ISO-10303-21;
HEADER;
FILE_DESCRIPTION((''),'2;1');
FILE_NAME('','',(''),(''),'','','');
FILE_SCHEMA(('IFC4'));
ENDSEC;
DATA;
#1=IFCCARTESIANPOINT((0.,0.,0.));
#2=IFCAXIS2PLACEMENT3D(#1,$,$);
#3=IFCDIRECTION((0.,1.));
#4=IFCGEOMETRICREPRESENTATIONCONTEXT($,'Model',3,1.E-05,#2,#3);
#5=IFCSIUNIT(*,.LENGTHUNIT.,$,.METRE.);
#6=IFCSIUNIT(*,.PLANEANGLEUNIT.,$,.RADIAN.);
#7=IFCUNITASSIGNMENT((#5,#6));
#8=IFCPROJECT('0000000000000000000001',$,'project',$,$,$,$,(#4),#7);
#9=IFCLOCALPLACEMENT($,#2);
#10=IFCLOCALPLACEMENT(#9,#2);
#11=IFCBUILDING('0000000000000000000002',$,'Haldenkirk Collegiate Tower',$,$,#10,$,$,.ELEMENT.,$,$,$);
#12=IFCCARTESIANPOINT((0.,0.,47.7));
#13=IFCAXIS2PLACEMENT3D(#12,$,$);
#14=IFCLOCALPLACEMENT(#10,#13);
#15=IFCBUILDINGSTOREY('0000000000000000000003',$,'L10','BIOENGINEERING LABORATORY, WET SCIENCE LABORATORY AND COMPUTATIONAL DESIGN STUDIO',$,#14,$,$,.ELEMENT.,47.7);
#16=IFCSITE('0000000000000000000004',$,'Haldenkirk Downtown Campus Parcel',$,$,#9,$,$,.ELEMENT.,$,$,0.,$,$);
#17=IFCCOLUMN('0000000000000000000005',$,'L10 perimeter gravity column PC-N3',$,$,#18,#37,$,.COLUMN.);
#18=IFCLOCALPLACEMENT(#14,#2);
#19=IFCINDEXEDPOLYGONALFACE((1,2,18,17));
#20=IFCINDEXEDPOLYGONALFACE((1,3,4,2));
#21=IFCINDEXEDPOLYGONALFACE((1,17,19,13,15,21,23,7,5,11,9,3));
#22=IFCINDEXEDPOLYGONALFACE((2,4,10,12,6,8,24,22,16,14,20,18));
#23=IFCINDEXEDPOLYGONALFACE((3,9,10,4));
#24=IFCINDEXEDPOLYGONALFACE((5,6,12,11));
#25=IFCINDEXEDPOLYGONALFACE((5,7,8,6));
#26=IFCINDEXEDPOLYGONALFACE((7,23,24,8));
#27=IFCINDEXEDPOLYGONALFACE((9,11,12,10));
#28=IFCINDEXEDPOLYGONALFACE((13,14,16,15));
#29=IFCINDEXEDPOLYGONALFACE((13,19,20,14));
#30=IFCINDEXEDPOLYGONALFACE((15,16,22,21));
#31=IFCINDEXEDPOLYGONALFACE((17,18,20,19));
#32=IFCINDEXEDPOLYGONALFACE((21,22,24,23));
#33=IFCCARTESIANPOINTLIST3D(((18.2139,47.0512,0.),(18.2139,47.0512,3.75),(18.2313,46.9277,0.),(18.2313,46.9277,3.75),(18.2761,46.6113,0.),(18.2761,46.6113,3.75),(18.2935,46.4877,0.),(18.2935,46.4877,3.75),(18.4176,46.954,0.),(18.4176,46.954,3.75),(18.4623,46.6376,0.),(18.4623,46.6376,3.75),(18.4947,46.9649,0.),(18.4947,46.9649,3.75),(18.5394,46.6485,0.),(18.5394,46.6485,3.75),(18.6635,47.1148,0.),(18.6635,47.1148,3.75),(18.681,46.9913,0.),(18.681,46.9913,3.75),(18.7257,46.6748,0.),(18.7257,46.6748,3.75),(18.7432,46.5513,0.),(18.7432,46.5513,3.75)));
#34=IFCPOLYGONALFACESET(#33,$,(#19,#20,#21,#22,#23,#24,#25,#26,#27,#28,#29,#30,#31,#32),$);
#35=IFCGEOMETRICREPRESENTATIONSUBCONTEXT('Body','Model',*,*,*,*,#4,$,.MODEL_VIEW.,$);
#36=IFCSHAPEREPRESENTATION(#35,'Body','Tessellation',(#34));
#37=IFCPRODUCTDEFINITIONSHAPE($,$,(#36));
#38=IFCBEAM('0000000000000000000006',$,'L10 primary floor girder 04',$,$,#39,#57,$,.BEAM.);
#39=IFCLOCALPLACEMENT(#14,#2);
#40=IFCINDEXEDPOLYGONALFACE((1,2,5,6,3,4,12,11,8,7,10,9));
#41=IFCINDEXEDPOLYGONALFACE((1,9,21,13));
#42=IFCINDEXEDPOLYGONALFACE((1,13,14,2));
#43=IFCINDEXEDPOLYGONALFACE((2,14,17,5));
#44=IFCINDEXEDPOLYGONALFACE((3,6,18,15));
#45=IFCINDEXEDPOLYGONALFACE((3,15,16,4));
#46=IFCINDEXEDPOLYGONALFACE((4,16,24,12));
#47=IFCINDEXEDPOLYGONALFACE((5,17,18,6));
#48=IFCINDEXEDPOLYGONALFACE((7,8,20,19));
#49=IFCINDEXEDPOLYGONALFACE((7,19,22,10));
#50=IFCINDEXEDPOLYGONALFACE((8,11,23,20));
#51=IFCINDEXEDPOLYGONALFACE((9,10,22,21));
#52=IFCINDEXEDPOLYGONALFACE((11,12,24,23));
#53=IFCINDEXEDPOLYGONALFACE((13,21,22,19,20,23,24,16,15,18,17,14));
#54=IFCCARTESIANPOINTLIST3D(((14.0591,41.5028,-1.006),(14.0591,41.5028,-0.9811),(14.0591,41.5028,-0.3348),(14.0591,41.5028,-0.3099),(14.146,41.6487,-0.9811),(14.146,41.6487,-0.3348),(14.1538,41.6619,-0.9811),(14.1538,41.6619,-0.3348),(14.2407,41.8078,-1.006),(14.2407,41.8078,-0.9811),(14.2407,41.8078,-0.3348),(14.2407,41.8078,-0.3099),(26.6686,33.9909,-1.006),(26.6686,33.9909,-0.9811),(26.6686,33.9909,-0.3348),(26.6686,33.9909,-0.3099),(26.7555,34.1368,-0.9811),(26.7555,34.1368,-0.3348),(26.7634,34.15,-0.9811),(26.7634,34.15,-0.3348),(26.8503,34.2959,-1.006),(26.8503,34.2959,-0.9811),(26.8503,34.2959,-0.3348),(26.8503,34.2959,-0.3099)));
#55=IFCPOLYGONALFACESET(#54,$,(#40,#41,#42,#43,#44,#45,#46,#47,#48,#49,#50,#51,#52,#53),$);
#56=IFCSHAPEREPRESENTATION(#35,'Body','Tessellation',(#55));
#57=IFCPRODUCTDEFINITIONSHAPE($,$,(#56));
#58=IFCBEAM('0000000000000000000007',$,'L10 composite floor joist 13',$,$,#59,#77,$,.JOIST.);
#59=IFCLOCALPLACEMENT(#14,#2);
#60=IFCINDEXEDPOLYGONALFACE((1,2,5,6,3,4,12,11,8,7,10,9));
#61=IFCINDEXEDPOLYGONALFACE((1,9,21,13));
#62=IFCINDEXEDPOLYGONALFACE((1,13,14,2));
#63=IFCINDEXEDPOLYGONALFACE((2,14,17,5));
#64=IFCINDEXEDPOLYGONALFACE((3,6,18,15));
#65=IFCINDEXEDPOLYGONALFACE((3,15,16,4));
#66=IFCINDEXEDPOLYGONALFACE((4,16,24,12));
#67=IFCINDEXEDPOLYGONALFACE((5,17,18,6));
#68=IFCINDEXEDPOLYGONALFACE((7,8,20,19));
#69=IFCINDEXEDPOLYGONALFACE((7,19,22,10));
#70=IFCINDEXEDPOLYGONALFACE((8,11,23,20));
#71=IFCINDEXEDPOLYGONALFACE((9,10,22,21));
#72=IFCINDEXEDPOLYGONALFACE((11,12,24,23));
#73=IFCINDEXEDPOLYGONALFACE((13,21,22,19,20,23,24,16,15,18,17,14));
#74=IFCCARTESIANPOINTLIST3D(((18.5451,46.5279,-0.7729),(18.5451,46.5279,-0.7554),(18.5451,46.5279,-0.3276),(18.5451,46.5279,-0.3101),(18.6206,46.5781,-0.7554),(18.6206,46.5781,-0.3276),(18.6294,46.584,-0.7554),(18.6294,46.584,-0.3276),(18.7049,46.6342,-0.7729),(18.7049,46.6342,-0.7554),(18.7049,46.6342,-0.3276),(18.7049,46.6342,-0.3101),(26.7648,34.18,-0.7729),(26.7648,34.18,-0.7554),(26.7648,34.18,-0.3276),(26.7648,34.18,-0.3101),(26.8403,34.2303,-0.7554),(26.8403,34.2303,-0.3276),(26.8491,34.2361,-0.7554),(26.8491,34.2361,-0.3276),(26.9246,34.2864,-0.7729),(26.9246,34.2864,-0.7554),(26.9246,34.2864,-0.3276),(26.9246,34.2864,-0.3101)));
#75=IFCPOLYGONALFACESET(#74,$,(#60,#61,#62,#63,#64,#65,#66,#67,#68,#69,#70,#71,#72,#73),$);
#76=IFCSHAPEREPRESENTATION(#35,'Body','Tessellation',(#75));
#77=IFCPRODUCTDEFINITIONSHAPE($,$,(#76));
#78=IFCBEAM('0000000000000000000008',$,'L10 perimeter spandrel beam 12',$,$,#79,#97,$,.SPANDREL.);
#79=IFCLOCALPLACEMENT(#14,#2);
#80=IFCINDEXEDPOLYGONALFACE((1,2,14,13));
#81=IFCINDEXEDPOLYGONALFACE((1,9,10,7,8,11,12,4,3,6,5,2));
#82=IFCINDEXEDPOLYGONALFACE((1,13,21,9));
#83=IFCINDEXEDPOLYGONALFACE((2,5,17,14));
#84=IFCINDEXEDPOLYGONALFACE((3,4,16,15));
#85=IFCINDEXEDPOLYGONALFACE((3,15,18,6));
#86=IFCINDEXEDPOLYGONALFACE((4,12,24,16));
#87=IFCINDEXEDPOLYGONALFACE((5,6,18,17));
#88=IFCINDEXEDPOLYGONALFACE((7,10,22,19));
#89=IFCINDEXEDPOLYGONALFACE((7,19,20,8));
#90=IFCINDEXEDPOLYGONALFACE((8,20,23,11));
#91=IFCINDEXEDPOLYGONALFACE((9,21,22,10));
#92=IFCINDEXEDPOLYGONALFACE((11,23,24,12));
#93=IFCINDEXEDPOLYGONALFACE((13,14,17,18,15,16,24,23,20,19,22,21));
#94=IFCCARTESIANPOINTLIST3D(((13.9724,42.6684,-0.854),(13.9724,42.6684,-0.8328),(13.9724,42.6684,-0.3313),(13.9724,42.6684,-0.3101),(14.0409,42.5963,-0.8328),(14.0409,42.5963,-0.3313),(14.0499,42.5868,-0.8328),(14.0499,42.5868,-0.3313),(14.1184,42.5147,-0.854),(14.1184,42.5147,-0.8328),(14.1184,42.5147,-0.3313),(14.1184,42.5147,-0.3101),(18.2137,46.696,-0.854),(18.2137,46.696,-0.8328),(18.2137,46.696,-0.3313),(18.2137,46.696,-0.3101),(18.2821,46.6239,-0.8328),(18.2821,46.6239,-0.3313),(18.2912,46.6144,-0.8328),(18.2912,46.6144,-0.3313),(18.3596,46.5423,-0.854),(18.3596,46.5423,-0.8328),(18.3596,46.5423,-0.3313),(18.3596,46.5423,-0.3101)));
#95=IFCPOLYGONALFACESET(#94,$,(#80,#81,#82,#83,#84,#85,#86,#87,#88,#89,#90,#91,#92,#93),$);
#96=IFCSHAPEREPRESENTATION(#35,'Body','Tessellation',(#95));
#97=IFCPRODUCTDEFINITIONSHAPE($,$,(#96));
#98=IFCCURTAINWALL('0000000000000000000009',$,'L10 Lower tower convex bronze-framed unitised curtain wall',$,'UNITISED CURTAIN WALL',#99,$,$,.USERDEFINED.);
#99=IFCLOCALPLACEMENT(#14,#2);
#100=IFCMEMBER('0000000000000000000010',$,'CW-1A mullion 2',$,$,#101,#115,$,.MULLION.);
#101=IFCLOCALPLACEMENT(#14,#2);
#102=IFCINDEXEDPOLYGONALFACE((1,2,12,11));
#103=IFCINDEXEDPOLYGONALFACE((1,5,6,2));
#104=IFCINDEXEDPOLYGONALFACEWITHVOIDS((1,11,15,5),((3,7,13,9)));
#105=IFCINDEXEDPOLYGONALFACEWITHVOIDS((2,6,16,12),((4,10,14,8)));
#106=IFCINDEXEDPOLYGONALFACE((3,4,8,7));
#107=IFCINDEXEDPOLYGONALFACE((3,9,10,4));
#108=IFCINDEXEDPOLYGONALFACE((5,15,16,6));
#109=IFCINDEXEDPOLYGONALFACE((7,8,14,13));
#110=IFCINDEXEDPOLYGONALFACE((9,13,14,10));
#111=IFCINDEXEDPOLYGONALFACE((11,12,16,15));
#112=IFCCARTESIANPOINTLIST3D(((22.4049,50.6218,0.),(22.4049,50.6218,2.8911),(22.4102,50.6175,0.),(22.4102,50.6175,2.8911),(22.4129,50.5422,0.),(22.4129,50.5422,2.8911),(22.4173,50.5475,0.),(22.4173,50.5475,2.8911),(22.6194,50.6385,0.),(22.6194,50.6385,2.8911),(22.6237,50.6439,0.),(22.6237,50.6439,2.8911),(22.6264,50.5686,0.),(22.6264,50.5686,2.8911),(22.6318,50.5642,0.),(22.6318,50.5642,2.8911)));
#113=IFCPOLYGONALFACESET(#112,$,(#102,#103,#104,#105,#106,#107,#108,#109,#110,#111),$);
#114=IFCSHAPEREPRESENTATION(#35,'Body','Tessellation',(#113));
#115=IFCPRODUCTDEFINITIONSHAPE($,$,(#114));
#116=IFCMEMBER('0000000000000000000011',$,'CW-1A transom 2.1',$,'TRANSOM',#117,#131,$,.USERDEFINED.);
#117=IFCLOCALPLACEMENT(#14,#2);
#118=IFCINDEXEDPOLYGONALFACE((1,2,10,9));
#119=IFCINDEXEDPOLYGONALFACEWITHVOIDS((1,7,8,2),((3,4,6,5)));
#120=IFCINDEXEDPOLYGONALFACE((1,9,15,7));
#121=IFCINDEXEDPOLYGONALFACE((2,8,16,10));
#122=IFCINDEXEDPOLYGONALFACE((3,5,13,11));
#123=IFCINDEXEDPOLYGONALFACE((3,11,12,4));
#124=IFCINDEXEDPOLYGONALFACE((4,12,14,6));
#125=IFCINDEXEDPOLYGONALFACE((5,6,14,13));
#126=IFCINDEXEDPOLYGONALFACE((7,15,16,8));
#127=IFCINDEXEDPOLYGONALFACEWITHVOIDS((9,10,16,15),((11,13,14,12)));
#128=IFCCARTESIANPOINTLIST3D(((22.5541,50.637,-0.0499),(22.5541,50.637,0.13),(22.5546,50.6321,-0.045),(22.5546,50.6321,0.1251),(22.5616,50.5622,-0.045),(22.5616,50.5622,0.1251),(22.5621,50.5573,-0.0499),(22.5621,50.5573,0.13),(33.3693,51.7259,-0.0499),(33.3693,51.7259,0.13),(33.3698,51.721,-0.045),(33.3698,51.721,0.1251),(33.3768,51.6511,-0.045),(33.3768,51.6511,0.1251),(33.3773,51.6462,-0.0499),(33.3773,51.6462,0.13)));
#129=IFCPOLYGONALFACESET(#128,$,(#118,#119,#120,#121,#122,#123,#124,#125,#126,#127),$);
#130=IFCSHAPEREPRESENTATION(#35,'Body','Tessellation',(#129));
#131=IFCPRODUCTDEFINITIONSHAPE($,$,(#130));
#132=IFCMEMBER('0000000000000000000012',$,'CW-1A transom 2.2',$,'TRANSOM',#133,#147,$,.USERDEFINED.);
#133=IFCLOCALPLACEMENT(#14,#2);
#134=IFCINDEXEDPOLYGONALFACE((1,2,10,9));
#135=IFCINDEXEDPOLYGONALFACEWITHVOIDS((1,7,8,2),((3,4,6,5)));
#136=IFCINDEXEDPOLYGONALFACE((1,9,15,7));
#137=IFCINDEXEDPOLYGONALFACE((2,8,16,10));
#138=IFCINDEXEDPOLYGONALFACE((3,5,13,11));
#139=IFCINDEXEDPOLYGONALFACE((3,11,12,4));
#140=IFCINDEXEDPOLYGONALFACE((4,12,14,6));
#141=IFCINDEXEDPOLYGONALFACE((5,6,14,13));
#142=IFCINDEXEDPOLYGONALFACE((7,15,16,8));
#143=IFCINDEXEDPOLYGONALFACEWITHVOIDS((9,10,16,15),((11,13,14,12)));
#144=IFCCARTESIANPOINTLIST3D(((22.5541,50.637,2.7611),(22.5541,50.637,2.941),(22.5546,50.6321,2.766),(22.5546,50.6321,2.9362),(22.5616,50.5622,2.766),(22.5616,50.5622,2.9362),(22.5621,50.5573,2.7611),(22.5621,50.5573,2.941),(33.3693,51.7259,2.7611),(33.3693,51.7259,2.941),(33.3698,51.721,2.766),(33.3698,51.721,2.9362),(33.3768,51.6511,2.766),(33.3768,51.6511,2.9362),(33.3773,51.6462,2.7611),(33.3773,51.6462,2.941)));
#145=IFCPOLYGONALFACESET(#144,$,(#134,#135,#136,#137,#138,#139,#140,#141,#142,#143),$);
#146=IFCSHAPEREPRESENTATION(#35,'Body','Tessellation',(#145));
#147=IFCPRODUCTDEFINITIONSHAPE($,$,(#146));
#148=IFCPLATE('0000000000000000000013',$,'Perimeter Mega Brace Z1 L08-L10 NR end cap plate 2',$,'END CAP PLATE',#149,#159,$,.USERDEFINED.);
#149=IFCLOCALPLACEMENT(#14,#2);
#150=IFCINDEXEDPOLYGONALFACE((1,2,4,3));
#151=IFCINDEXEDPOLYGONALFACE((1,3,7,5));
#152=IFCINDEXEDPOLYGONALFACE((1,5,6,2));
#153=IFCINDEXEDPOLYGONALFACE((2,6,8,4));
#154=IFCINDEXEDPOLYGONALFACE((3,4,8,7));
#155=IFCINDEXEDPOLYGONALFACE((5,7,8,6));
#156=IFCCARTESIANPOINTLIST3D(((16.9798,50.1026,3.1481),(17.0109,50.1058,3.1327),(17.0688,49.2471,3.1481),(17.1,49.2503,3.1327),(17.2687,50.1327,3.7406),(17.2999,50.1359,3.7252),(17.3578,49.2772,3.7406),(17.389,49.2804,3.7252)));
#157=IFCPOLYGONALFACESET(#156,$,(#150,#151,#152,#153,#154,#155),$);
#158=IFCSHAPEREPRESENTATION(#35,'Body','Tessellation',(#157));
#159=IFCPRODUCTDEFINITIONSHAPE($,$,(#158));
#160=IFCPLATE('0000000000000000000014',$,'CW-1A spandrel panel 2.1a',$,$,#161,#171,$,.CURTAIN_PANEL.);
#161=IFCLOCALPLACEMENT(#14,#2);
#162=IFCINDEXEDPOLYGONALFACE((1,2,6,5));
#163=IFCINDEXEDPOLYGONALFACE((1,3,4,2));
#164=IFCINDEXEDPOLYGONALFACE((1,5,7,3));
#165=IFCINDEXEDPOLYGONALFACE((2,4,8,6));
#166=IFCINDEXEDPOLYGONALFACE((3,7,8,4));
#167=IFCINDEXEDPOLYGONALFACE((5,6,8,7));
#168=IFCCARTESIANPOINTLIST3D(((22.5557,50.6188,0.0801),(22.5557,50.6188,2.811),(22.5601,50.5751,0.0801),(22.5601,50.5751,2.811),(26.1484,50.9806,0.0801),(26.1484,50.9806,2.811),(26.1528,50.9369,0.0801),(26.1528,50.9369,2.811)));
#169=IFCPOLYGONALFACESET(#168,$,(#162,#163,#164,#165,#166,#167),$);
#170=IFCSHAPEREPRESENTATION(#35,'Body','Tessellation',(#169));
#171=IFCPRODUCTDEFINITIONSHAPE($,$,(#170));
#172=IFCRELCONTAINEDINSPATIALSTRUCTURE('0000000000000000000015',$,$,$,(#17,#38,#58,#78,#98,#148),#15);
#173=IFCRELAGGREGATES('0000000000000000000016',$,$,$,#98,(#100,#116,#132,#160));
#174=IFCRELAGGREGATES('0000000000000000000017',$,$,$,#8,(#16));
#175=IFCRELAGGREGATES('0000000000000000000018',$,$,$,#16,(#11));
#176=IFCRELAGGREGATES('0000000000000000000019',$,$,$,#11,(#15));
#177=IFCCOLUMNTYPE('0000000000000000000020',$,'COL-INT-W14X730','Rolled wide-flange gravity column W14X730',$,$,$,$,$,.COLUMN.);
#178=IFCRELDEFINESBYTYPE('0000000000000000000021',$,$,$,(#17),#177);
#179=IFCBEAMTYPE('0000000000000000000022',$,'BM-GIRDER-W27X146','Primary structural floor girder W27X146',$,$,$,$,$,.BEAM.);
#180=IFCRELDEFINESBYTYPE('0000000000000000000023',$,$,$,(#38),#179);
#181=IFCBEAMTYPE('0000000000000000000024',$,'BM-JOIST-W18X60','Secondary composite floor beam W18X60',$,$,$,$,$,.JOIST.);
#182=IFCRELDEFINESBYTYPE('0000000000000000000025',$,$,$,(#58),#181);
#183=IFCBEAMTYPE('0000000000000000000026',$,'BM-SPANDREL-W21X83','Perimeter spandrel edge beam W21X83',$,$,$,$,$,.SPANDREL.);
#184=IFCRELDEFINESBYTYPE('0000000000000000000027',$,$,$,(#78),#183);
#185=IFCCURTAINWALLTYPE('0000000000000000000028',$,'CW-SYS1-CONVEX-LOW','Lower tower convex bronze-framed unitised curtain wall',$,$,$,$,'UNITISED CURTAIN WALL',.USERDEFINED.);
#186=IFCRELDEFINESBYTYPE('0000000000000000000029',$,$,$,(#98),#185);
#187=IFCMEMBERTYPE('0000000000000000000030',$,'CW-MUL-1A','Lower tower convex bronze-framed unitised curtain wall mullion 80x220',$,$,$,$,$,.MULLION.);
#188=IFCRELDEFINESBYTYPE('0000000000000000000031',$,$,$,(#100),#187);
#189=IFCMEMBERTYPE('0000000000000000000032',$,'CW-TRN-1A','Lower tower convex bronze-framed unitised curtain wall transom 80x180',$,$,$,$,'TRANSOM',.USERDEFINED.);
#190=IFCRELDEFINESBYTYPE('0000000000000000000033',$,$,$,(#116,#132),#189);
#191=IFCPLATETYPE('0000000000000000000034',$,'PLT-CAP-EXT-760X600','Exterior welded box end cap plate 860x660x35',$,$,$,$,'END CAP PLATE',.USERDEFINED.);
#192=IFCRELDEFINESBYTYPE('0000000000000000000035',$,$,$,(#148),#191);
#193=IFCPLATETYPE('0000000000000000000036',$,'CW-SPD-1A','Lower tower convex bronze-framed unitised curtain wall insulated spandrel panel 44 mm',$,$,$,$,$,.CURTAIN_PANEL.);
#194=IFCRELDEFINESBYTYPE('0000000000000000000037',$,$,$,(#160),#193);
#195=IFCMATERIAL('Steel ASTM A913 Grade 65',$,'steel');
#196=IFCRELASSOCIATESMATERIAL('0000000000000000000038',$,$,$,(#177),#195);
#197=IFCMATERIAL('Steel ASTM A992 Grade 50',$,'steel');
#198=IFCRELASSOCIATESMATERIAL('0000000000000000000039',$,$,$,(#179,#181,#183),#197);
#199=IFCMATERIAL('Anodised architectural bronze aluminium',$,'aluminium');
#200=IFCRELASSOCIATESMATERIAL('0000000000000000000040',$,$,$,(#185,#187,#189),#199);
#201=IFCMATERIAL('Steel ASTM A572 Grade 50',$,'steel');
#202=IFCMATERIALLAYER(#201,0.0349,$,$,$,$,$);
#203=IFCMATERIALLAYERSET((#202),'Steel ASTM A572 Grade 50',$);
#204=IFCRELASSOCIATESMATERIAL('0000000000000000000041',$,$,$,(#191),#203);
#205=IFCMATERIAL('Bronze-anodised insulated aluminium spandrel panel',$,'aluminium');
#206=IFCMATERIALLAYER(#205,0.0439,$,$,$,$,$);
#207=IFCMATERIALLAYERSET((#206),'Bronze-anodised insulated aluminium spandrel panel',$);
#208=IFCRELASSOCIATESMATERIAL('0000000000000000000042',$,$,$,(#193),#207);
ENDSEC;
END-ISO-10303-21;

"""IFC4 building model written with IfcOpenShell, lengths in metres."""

from ifc_helpers import new_model, si_unit, direction, frame, origin, origin_2d, place, context, subcontext, project, spatial, rectangle, hollow_rectangle, i_section, extrude, source, transform, mapped, material, layer, layer_set, material_profile, profile_set, type_object, element, aggregate, save


model = new_model("IFC4")

# Units and contexts
model_context = context("Model", 3, precision=1e-05, world=origin(), true_north=direction((0.0, 1.0)))
body_context = subcontext(model_context, "Body", "Model", "MODEL_VIEW")
ifc_project = project(units=[si_unit("LENGTHUNIT", "METRE"), si_unit("PLANEANGLEUNIT", "RADIAN")], contexts=[model_context])

# Site, building, storey
site_placement = place(None, origin())
site = spatial("IfcSite", under=ifc_project, at=site_placement, Name="Haldenkirk Downtown Campus Parcel", CompositionType="ELEMENT", RefElevation=0.0)
building_placement = place(site_placement, origin())
building = spatial("IfcBuilding", under=site, at=building_placement, Name="Haldenkirk Collegiate Tower", CompositionType="ELEMENT")
storey_placement = place(building_placement, frame((0.0, 0.0, 47.7)))
storey = spatial("IfcBuildingStorey", under=building, at=storey_placement, Name="L10", Description="BIOENGINEERING LABORATORY, WET SCIENCE LABORATORY AND COMPUTATIONAL DESIGN STUDIO", CompositionType="ELEMENT", Elevation=47.7)

# Column
ifc_material_1 = material(Name="Steel ASTM A913 Grade 65", Category="steel")
ifc_material_profile_1 = material_profile(ifc_material_1, i_section(OverallWidth=0.4541, OverallDepth=0.5691, WebThickness=0.0779, FlangeThickness=0.1248, at=origin_2d()), Name="W14X730")
ifc_profile_set_1 = profile_set([ifc_material_profile_1], Name="Steel ASTM A913 Grade 65")
column_type = type_object("IfcColumnType", Name="COL-INT-W14X730", Description="Rolled wide-flange gravity column W14X730", PredefinedType="COLUMN", material=ifc_profile_set_1)
column_placement = place(storey_placement, frame((18.4785, 46.8013, 0.0), z_axis=(0.0, 0.0, 1.0), x_axis=(0.990146, 0.140037, 0.0)))
element("IfcColumn", 1, at=column_placement, inside=storey, type_object=column_type, Name="L10 perimeter gravity column PC-N3", PredefinedType="COLUMN", context=body_context, shape_type="SweptSolid", body=[
    extrude(i_section(OverallWidth=0.4541, OverallDepth=0.5691, WebThickness=0.0779, FlangeThickness=0.1248, at=origin_2d()), origin(), (0.0, 0.0, 1.0), 3.75),
])

# Beams
ifc_material_2 = material(Name="Steel ASTM A992 Grade 50", Category="steel")
ifc_material_profile_2 = material_profile(ifc_material_2, i_section(OverallWidth=0.355, OverallDepth=0.696, WebThickness=0.0154, FlangeThickness=0.0249, at=origin_2d()), Name="W27X146")
ifc_profile_set_2 = profile_set([ifc_material_profile_2], Name="Steel ASTM A992 Grade 50")
beam_type_1 = type_object("IfcBeamType", Name="BM-GIRDER-W27X146", Description="Primary structural floor girder W27X146", PredefinedType="BEAM", material=ifc_profile_set_2)
beam_1_placement = place(storey_placement, frame((14.1499, 41.6553, -0.658), z_axis=(0.859106, -0.511798, 0.0), x_axis=(0.511798, 0.859106, 0.0)))
element("IfcBeam", 2, at=beam_1_placement, inside=storey, type_object=beam_type_1, Name="L10 primary floor girder 04", PredefinedType="BEAM", context=body_context, shape_type="SweptSolid", body=[
    extrude(i_section(OverallWidth=0.355, OverallDepth=0.696, WebThickness=0.0154, FlangeThickness=0.0249, at=origin_2d()), origin(), (0.0, 0.0, 1.0), 14.6775),
])
ifc_material_profile_3 = material_profile(ifc_material_2, i_section(OverallWidth=0.1919, OverallDepth=0.4629, WebThickness=0.0105, FlangeThickness=0.0176, at=origin_2d()), Name="W18X60")
ifc_profile_set_3 = profile_set([ifc_material_profile_3], Name="Steel ASTM A992 Grade 50")
beam_type_2 = type_object("IfcBeamType", Name="BM-JOIST-W18X60", Description="Secondary composite floor beam W18X60", PredefinedType="JOIST", material=ifc_profile_set_3)
beam_2_placement = place(storey_placement, frame((18.625, 46.5811, -0.5415), z_axis=(0.55413, -0.83243, 0.0), x_axis=(0.83243, 0.55413, 0.0)))
element("IfcBeam", 3, at=beam_2_placement, inside=storey, type_object=beam_type_2, Name="L10 composite floor joist 13", PredefinedType="JOIST", context=body_context, shape_type="SweptSolid", body=[
    extrude(i_section(OverallWidth=0.1919, OverallDepth=0.4629, WebThickness=0.0105, FlangeThickness=0.0176, at=origin_2d()), origin(), (0.0, 0.0, 1.0), 14.8335),
])
ifc_material_profile_4 = material_profile(ifc_material_2, i_section(OverallWidth=0.2119, OverallDepth=0.5439, WebThickness=0.0132, FlangeThickness=0.0212, at=origin_2d()), Name="W21X83")
ifc_profile_set_4 = profile_set([ifc_material_profile_4], Name="Steel ASTM A992 Grade 50")
beam_type_3 = type_object("IfcBeamType", Name="BM-SPANDREL-W21X83", Description="Perimeter spandrel edge beam W21X83", PredefinedType="SPANDREL", material=ifc_profile_set_4)
beam_3_placement = place(storey_placement, frame((18.2866, 46.6191, -0.582), z_axis=(-0.725133, -0.688609, 0.0), x_axis=(0.688609, -0.725133, 0.0)))
element("IfcBeam", 4, at=beam_3_placement, inside=storey, type_object=beam_type_3, Name="L10 perimeter spandrel beam 12", PredefinedType="SPANDREL", context=body_context, shape_type="SweptSolid", body=[
    extrude(i_section(OverallWidth=0.2119, OverallDepth=0.5439, WebThickness=0.0132, FlangeThickness=0.0212, at=origin_2d()), origin(), (0.0, 0.0, 1.0), 5.8489),
])

# Curtain wall, members
ifc_material_3 = material(Name="Anodised architectural bronze aluminium", Category="aluminium")
curtain_wall_type = type_object("IfcCurtainWallType", Name="CW-SYS1-CONVEX-LOW", Description="Lower tower convex bronze-framed unitised curtain wall", ElementType="UNITISED CURTAIN WALL", PredefinedType="USERDEFINED", material=ifc_material_3)
curtain_wall_placement = place(storey_placement, origin())
curtain_wall = element("IfcCurtainWall", 5, at=curtain_wall_placement, inside=storey, type_object=curtain_wall_type, Name="L10 Lower tower convex bronze-framed unitised curtain wall", ObjectType="UNITISED CURTAIN WALL", PredefinedType="USERDEFINED")
ifc_material_profile_5 = material_profile(ifc_material_3, hollow_rectangle(XDim=0.0801, YDim=0.22, WallThickness=0.0049, at=origin_2d()), Name="CW-MUL-1A")
ifc_profile_set_5 = profile_set([ifc_material_profile_5], Name="Anodised architectural bronze aluminium")
member_type_1 = type_object("IfcMemberType", Name="CW-MUL-1A", Description="Lower tower convex bronze-framed unitised curtain wall mullion 80x220", PredefinedType="MULLION", material=ifc_profile_set_5)
member_1_placement = place(storey_placement, frame((22.5183, 50.593, 0.0), z_axis=(0.0, 0.0, 1.0), x_axis=(-0.100187, 0.994969, 0.0)))
member_1 = element("IfcMember", 6, at=member_1_placement, type_object=member_type_1, Name="CW-1A mullion 2", PredefinedType="MULLION", context=body_context, shape_type="SweptSolid", body=[
    extrude(hollow_rectangle(XDim=0.0801, YDim=0.22, WallThickness=0.0049, at=origin_2d()), origin(), (0.0, 0.0, 1.0), 2.8911),
])
ifc_material_profile_6 = material_profile(ifc_material_3, hollow_rectangle(XDim=0.0801, YDim=0.1799, WallThickness=0.0049, at=origin_2d()), Name="CW-TRN-1A")
ifc_profile_set_6 = profile_set([ifc_material_profile_6], Name="Anodised architectural bronze aluminium")
member_type_2 = type_object("IfcMemberType", Name="CW-TRN-1A", Description="Lower tower convex bronze-framed unitised curtain wall transom 80x180", ElementType="TRANSOM", PredefinedType="USERDEFINED", material=ifc_profile_set_6)
member_2_placement = place(storey_placement, frame((22.5581, 50.5972, 0.04), z_axis=(0.99497, 0.100173, 0.0), x_axis=(-0.100173, 0.99497, 0.0)))
member_2 = element("IfcMember", 7, at=member_2_placement, type_object=member_type_2, Name="CW-1A transom 2.1", ObjectType="TRANSOM", PredefinedType="USERDEFINED", context=body_context, shape_type="SweptSolid", body=[
    extrude(hollow_rectangle(XDim=0.0801, YDim=0.1799, WallThickness=0.0049, at=origin_2d()), origin(), (0.0, 0.0, 1.0), 10.8699),
])
member_3_placement = place(storey_placement, frame((22.5581, 50.5972, 2.8511), z_axis=(0.99497, 0.100173, 0.0), x_axis=(-0.100173, 0.99497, 0.0)))
member_3 = element("IfcMember", 8, at=member_3_placement, type_object=member_type_2, Name="CW-1A transom 2.2", ObjectType="TRANSOM", PredefinedType="USERDEFINED", context=body_context, shape_type="SweptSolid", body=[
    extrude(hollow_rectangle(XDim=0.0801, YDim=0.1799, WallThickness=0.0049, at=origin_2d()), origin(), (0.0, 0.0, 1.0), 10.8699),
])

# Plates
ifc_material_4 = material(Name="Steel ASTM A572 Grade 50", Category="steel")
ifc_layer_1 = layer(ifc_material_4, 0.0349)
ifc_layer_set_1 = layer_set([ifc_layer_1], Name="Steel ASTM A572 Grade 50")
plate_type_1 = type_object("IfcPlateType", Name="PLT-CAP-EXT-760X600", Description="Exterior welded box end cap plate 860x660x35", ElementType="END CAP PLATE", PredefinedType="USERDEFINED", material=ifc_layer_set_1)
shared_shape_1 = source(origin(), body_context, "Body", "SweptSolid", [
    extrude(rectangle(XDim=0.8601, YDim=0.6599, at=origin_2d()), origin(), (0.0, 0.0, 1.0), 0.0349),
])
plate_1_placement = place(storey_placement, frame((17.2, 49.6931, 3.429), z_axis=(-0.89307, -0.092991, 0.440204), x_axis=(0.103565, -0.994623, 0.0)))
element("IfcPlate", 9, at=plate_1_placement, inside=storey, type_object=plate_type_1, Name="Perimeter Mega Brace Z1 L08-L10 NR end cap plate 2", ObjectType="END CAP PLATE", PredefinedType="USERDEFINED", context=body_context, shape_type="MappedRepresentation", body=[
    mapped(shared_shape_1, transform((0.0, 0.0, 0.0), x_axis=(1.0, 0.0, 0.0), y_axis=(0.0, 1.0, 0.0), z_axis=(0.0, 0.0, 1.0), scale=1.0)),
])
ifc_material_5 = material(Name="Bronze-anodised insulated aluminium spandrel panel", Category="aluminium")
ifc_layer_2 = layer(ifc_material_5, 0.0439)
ifc_layer_set_2 = layer_set([ifc_layer_2], Name="Bronze-anodised insulated aluminium spandrel panel")
plate_type_2 = type_object("IfcPlateType", Name="CW-SPD-1A", Description="Lower tower convex bronze-framed unitised curtain wall insulated spandrel panel 44 mm", PredefinedType="CURTAIN_PANEL", material=ifc_layer_set_2)
shared_shape_2 = source(origin(), body_context, "Body", "SweptSolid", [
    extrude(rectangle(XDim=3.6108, YDim=0.0439, at=origin_2d()), origin(), (0.0, 0.0, 1.0), 2.731),
])
plate_2_placement = place(storey_placement, frame((24.3542, 50.7778, 0.0801), z_axis=(0.0, 0.0, 1.0), x_axis=(0.994969, 0.100187, 0.0)))
plate_2 = element("IfcPlate", 10, at=plate_2_placement, type_object=plate_type_2, Name="CW-1A spandrel panel 2.1a", PredefinedType="CURTAIN_PANEL", context=body_context, shape_type="MappedRepresentation", body=[
    mapped(shared_shape_2, transform((0.0, 0.0, 0.0), x_axis=(1.0, 0.0, 0.0), y_axis=(0.0, 1.0, 0.0), z_axis=(0.0, 0.0, 1.0), scale=1.0)),
])
aggregate(curtain_wall, [member_1, member_2, member_3, plate_2])

save(model, "model.ifc")
